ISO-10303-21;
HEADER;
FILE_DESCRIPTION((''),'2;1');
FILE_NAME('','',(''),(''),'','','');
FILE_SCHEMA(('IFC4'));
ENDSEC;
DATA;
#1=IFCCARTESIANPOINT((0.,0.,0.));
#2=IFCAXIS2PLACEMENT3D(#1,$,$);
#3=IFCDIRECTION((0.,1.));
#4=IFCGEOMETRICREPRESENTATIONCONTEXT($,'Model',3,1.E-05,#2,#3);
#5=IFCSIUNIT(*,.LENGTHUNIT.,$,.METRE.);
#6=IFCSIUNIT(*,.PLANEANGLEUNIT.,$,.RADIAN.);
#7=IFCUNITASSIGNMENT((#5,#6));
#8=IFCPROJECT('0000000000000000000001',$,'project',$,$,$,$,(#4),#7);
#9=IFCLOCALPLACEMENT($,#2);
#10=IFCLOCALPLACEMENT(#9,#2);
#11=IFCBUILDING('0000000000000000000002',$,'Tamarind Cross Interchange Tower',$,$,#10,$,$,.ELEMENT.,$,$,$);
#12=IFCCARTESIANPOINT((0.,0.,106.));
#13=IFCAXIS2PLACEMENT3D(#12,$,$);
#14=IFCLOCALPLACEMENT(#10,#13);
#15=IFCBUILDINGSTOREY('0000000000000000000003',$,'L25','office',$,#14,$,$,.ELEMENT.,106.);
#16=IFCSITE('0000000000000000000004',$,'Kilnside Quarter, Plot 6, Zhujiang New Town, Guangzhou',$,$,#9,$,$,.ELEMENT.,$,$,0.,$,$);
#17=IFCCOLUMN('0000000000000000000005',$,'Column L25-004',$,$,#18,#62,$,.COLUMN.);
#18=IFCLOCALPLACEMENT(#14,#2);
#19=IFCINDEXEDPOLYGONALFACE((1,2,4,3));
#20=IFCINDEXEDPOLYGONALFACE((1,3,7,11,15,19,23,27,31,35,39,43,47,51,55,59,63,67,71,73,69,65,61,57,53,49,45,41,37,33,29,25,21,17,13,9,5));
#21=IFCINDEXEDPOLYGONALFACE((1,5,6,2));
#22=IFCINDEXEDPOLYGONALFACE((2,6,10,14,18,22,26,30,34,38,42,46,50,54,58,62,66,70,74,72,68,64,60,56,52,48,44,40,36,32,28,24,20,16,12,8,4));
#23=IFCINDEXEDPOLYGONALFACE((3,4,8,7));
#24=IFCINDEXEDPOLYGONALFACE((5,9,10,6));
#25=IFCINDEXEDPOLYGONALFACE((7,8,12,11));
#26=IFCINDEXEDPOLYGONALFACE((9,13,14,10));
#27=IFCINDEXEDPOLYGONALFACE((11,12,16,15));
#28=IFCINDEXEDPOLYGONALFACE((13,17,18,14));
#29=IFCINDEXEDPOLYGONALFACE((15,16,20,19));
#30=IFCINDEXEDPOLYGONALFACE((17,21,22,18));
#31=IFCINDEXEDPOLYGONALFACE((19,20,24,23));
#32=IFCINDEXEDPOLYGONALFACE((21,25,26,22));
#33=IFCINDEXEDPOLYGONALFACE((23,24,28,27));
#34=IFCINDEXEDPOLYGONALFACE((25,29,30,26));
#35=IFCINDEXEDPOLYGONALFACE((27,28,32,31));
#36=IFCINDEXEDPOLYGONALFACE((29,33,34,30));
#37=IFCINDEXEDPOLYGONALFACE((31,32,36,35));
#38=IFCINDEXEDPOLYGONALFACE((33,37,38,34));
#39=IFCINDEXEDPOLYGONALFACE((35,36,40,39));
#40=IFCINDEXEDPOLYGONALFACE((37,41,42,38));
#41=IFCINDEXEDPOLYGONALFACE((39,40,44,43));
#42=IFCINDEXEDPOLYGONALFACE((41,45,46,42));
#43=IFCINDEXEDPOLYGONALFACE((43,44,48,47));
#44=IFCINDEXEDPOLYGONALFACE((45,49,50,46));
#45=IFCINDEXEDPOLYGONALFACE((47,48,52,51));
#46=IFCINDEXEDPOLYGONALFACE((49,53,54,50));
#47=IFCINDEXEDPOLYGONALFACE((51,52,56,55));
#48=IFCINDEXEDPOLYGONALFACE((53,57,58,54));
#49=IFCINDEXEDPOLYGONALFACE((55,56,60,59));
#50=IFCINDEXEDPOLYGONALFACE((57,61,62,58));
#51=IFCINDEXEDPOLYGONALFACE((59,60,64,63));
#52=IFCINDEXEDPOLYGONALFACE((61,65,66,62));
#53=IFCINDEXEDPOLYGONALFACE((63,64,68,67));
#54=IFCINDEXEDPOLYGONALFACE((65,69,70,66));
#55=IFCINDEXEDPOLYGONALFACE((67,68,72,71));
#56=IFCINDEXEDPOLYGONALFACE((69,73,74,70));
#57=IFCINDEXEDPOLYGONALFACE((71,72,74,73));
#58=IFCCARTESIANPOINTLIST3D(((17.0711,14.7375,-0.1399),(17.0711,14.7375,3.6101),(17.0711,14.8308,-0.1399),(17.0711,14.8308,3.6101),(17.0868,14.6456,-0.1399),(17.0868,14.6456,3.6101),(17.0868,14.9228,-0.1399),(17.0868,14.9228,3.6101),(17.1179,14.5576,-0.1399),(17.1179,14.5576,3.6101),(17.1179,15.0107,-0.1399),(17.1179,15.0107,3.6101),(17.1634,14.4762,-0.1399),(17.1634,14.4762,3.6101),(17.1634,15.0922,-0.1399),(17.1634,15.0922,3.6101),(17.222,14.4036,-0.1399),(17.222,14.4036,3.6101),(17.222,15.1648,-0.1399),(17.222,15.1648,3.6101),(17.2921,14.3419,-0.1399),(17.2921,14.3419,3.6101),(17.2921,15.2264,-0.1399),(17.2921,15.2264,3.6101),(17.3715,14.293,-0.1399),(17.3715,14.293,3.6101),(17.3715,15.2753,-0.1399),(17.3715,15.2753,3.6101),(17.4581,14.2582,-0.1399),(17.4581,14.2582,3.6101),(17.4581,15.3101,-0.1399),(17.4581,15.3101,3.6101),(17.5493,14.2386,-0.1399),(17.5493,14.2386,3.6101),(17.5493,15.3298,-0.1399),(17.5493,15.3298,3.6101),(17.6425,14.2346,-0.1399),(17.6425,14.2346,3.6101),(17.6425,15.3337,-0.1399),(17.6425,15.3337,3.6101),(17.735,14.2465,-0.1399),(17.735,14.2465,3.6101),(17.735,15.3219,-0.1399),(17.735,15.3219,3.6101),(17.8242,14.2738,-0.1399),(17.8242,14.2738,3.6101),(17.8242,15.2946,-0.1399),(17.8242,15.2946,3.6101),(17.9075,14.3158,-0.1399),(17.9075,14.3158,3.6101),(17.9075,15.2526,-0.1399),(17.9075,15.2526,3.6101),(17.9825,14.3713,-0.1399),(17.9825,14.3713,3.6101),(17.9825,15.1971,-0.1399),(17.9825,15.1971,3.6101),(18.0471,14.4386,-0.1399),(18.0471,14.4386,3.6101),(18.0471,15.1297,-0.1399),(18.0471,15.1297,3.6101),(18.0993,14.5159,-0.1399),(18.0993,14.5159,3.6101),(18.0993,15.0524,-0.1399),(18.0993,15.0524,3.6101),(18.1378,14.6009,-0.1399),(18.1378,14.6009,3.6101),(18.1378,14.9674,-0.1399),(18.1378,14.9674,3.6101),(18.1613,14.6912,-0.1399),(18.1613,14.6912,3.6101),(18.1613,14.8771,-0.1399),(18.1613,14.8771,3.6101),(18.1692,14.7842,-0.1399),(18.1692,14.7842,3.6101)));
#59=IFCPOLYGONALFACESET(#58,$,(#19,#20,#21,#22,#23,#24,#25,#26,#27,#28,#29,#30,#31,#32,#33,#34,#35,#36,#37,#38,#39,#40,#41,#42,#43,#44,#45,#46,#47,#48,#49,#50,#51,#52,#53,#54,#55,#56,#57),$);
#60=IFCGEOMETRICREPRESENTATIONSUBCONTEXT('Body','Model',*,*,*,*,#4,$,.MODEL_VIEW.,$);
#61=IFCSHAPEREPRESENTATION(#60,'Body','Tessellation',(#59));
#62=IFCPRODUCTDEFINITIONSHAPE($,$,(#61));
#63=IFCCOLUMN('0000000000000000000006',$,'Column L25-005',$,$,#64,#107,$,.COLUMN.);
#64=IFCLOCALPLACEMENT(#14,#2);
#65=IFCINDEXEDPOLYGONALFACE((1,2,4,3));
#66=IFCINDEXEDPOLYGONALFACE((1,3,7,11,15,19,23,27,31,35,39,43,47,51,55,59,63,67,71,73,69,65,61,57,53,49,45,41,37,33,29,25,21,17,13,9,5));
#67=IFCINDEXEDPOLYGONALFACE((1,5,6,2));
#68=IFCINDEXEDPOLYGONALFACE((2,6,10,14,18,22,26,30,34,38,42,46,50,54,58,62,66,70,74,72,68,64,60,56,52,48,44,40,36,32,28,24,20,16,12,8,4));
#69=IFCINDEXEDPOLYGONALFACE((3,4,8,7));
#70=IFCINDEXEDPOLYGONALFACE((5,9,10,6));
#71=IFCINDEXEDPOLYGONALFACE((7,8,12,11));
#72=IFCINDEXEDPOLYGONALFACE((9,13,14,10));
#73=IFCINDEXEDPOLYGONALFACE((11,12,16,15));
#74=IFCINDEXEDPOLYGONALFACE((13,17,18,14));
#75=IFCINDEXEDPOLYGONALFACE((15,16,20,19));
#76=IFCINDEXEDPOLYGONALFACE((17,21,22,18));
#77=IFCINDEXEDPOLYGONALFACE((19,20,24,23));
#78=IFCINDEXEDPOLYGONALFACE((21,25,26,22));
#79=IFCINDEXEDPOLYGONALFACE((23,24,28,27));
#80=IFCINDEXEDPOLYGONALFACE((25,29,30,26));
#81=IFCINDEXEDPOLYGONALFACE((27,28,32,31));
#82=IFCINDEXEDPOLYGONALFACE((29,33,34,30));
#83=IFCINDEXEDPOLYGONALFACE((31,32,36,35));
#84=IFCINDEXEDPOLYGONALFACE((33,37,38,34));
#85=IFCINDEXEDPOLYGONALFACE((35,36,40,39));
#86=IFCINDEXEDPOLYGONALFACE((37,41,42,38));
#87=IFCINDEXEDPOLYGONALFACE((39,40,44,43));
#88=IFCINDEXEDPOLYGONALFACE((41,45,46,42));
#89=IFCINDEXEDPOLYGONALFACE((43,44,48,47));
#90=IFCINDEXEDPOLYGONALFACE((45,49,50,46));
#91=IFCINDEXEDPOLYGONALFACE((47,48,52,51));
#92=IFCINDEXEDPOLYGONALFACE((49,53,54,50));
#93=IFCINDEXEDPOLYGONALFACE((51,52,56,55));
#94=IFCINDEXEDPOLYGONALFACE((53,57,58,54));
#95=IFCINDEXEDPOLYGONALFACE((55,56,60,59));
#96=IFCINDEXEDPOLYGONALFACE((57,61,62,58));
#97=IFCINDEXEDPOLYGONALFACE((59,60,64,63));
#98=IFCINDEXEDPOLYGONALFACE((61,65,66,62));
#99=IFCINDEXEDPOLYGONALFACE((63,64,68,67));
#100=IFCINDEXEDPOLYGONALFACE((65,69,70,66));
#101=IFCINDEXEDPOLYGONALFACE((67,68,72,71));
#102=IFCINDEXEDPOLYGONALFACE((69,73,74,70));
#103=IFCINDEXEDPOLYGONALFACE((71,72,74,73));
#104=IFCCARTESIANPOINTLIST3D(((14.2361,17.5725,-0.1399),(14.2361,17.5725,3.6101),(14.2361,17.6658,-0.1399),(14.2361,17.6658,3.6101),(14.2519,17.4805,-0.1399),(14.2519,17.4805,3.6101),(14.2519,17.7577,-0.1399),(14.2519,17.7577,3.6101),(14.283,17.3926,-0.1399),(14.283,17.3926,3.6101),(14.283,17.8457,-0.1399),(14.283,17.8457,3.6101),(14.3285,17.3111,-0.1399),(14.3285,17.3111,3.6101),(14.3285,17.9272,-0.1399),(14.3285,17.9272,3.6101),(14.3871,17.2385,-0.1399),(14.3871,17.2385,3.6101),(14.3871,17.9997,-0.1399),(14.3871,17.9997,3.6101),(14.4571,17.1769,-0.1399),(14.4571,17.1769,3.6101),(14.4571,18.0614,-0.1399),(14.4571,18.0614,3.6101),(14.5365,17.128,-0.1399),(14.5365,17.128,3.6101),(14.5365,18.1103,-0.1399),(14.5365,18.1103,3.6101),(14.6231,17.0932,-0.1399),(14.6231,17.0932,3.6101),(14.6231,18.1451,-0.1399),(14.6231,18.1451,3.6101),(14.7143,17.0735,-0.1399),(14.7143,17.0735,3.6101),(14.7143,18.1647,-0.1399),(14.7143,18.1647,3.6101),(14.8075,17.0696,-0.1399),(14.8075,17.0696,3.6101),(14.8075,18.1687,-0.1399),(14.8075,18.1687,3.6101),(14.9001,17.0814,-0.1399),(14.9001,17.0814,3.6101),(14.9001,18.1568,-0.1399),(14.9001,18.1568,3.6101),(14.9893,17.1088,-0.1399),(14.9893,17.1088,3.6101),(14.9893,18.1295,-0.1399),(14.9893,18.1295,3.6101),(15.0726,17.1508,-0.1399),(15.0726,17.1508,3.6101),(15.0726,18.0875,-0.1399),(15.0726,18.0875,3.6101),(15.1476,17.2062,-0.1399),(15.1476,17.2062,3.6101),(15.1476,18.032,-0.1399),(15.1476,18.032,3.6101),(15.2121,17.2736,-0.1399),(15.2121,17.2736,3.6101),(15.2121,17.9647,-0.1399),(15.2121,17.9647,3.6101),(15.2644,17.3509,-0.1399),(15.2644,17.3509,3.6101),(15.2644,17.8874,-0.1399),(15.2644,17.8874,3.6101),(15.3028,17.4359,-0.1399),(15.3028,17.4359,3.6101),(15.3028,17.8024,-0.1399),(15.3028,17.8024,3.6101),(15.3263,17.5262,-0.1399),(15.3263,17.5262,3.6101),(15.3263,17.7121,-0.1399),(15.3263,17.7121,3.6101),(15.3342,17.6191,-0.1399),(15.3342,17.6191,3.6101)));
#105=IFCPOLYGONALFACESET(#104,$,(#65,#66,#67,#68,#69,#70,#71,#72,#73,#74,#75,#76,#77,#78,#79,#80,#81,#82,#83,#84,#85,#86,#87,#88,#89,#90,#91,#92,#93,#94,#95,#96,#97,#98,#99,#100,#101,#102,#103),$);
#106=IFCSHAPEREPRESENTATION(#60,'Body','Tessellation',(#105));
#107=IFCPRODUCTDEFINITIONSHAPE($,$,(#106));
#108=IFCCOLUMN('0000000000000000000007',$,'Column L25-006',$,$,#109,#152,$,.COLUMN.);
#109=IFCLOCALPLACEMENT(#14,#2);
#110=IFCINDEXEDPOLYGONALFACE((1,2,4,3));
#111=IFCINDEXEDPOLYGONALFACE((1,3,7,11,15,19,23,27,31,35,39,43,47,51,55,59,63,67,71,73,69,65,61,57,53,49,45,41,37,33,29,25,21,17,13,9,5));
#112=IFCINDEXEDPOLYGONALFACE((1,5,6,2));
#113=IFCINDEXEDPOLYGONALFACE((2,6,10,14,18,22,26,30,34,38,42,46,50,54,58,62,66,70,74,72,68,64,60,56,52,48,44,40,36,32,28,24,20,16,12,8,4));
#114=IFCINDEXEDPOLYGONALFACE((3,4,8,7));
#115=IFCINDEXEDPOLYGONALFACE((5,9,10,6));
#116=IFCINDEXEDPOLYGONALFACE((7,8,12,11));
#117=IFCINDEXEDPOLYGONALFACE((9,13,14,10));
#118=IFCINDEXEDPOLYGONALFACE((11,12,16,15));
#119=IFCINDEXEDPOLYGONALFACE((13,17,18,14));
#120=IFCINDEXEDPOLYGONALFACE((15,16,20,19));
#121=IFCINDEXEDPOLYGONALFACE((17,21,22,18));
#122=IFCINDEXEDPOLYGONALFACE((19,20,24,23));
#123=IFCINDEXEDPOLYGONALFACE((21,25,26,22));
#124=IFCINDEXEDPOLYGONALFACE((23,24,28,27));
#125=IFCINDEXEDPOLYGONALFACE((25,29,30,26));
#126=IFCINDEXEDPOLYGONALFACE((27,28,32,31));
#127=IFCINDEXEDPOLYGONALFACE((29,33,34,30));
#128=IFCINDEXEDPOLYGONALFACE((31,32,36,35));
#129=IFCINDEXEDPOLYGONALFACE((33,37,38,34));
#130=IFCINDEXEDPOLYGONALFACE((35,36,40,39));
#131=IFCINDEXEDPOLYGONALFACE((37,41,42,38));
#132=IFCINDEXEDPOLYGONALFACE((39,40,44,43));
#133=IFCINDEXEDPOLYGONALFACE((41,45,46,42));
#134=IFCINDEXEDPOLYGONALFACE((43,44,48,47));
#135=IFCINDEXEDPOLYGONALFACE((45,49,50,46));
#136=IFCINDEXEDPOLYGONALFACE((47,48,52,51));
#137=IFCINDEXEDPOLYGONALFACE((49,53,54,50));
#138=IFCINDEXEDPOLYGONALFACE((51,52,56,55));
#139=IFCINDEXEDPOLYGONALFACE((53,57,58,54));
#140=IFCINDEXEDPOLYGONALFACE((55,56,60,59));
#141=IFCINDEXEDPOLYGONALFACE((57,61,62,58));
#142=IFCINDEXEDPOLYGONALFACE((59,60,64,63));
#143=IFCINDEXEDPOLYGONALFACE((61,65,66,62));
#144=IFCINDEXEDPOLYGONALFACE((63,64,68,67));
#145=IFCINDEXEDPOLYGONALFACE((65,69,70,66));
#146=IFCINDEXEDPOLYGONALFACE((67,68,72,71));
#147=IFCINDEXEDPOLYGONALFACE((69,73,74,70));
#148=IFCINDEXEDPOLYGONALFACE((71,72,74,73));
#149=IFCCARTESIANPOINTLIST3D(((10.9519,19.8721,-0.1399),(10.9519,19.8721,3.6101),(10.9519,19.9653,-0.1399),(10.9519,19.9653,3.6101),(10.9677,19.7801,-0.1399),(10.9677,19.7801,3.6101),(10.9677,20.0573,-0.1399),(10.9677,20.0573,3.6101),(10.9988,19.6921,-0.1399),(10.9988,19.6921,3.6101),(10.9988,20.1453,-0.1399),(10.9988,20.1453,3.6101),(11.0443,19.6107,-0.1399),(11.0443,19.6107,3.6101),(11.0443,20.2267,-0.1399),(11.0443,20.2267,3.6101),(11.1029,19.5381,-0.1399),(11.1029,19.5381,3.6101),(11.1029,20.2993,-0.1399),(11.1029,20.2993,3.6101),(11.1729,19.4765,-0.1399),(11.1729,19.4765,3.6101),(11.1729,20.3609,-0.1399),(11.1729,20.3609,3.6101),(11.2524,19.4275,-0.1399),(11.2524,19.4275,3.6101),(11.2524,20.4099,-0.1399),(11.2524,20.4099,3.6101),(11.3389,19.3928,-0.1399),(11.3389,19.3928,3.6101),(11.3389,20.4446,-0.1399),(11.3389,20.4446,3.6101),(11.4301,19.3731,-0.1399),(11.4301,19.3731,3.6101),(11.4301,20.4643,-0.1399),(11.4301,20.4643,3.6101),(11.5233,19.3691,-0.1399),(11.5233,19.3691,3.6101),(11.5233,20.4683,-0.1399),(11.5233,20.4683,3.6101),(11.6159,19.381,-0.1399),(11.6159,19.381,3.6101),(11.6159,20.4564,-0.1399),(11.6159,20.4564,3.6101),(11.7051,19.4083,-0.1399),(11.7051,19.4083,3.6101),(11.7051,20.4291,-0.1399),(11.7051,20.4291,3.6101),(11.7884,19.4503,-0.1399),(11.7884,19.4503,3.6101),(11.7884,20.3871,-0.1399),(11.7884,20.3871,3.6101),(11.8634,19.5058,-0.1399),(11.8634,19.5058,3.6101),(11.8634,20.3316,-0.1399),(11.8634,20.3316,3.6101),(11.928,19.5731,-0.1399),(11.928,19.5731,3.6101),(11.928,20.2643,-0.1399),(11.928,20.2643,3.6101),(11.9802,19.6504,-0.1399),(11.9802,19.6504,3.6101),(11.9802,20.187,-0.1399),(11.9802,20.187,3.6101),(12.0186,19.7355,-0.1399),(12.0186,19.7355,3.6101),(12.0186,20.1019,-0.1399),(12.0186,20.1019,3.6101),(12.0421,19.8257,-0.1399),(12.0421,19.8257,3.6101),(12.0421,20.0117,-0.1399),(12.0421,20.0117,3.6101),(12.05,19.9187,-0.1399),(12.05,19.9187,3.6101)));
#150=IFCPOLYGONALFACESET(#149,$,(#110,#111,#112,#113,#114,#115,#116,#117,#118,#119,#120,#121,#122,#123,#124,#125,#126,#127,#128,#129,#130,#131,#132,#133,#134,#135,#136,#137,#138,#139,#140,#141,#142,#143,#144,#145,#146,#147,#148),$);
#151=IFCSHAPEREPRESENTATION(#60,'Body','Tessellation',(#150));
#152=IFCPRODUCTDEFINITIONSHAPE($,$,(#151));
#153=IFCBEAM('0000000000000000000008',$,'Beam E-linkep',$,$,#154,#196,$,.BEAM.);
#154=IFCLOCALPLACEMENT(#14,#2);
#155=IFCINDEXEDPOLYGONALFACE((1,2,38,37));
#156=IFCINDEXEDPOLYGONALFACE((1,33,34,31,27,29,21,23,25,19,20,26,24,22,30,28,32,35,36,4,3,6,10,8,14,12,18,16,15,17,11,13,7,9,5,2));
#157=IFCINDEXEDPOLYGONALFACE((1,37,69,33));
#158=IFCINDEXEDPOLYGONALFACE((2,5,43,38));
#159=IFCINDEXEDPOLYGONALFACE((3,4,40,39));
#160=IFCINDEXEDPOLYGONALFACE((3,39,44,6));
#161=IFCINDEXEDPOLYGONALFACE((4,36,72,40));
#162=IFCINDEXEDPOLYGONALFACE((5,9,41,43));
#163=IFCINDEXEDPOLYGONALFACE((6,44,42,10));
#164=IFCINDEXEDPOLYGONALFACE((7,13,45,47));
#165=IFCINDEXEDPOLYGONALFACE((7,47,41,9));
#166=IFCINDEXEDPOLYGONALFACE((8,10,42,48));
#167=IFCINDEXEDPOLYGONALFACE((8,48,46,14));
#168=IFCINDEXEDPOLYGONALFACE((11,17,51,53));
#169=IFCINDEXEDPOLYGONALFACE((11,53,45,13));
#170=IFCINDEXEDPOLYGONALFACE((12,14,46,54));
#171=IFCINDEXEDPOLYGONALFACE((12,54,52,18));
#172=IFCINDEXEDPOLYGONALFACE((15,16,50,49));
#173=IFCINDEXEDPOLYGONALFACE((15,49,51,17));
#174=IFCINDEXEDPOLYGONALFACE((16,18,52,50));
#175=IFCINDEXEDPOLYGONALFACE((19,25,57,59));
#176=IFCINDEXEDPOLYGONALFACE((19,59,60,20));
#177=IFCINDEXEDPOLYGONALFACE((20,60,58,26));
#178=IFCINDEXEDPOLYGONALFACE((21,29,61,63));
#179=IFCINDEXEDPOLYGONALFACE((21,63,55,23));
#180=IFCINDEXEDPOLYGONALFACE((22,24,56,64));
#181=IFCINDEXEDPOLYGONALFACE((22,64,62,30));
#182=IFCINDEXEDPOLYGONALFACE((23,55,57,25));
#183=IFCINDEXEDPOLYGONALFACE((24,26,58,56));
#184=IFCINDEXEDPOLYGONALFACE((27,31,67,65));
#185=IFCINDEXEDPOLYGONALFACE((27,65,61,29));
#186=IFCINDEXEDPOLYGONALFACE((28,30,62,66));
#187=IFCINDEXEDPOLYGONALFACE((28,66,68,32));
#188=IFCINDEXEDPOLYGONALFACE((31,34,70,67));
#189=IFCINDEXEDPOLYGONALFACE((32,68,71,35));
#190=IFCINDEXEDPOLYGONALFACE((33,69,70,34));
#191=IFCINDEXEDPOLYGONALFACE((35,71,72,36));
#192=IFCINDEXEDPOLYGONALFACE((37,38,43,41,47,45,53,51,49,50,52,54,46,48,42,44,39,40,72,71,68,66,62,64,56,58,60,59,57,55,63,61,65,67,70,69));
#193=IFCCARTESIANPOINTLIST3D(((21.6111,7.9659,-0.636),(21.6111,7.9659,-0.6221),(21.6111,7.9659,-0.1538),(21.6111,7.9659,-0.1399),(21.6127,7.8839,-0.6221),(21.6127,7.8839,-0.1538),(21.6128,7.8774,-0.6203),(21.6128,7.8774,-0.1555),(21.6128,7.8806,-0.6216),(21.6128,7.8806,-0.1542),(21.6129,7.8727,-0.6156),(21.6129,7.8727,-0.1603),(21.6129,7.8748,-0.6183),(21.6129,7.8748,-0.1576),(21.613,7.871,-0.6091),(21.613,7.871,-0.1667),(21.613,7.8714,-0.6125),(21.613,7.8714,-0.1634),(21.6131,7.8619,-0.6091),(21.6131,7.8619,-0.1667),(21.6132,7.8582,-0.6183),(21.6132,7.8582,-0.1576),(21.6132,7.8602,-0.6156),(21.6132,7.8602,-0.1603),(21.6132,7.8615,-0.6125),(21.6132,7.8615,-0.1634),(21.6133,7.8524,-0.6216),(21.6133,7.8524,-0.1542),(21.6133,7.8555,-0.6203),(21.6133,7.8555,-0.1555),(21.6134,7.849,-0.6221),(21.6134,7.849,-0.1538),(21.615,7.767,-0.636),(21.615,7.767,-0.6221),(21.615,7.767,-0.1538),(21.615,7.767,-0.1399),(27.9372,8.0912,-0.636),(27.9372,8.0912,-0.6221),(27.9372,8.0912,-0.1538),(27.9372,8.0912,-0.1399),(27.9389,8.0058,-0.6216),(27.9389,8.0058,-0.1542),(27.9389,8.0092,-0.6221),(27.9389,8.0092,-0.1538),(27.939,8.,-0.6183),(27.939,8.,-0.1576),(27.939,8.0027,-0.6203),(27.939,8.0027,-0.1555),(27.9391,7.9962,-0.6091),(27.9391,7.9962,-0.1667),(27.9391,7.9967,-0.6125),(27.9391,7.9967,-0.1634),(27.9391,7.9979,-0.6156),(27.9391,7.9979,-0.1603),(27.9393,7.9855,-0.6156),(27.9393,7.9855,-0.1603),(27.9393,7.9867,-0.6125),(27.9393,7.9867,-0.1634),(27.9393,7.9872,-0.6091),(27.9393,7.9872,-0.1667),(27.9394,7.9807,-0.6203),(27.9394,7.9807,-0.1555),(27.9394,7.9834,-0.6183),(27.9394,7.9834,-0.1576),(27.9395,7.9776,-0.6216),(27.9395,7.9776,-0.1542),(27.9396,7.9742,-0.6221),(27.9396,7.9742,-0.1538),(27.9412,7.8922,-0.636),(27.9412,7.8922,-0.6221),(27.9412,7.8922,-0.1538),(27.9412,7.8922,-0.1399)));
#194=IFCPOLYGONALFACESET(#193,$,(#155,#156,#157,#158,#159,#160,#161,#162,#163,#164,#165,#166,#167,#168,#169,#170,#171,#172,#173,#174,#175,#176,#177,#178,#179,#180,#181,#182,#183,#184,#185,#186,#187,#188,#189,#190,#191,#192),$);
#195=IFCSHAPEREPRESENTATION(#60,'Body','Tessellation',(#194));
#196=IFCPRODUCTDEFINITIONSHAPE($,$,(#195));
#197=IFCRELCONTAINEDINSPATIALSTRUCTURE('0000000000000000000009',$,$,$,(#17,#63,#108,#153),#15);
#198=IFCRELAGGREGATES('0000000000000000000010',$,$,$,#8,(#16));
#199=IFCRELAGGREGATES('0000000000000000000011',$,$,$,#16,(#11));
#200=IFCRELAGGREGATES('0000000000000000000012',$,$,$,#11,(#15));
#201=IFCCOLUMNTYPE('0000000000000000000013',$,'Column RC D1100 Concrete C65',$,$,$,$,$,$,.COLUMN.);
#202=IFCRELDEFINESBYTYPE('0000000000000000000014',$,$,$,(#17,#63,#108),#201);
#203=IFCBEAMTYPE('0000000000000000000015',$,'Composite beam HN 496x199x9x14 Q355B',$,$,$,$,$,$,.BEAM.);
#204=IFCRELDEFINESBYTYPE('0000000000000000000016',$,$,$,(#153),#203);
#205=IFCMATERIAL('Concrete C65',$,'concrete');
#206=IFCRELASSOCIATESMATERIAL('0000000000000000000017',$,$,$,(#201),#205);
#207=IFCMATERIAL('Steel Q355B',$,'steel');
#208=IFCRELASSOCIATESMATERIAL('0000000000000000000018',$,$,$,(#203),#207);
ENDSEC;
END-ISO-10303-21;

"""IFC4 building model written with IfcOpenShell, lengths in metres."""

from ifc_helpers import new_model, si_unit, direction, frame, origin, origin_2d, place, context, subcontext, project, spatial, circle, i_section, extrude, material, material_profile, profile_set, type_object, element, save


model = new_model("IFC4")

# Units and contexts
model_context = context("Model", 3, precision=1e-05, world=origin(), true_north=direction((0.0, 1.0)))
body_context = subcontext(model_context, "Body", "Model", "MODEL_VIEW")
ifc_project = project(units=[si_unit("LENGTHUNIT", "METRE"), si_unit("PLANEANGLEUNIT", "RADIAN")], contexts=[model_context])

# Site, building, storey
site_placement = place(None, origin())
site = spatial("IfcSite", under=ifc_project, at=site_placement, Name="Kilnside Quarter, Plot 6, Zhujiang New Town, Guangzhou", CompositionType="ELEMENT", RefElevation=0.0)
building_placement = place(site_placement, origin())
building = spatial("IfcBuilding", under=site, at=building_placement, Name="Tamarind Cross Interchange Tower", CompositionType="ELEMENT")
storey_placement = place(building_placement, frame((0.0, 0.0, 106.0)))
storey = spatial("IfcBuildingStorey", under=building, at=storey_placement, Name="L25", Description="office", CompositionType="ELEMENT", Elevation=106.0)

# Columns
ifc_material_1 = material(Name="Concrete C65", Category="concrete")
ifc_material_profile_1 = material_profile(ifc_material_1, circle(Radius=0.55, at=origin_2d()), Name="RC D1100")
ifc_profile_set_1 = profile_set([ifc_material_profile_1], Name="Concrete C65")
column_type_1 = type_object("IfcColumnType", Name="Column RC D1100 Concrete C65", PredefinedType="COLUMN", material=ifc_profile_set_1)
for number, where, z_axis, x_axis, name in (
    (1, (17.6191, 14.7842, -0.1399), (0.0, 0.0, 1.0), (1.0, 0.0, 0.0), "Column L25-004"),
    (2, (14.7842, 17.6191, -0.1399), (0.0, 0.0, 1.0), (1.0, 0.0, 0.0), "Column L25-005"),
    (3, (11.5, 19.9187, -0.1399), (0.0, 0.0, 1.0), (1.0, 0.0, 0.0), "Column L25-006"),
):
    element("IfcColumn", number, at=place(storey_placement, frame(where, z_axis=z_axis, x_axis=x_axis)), inside=storey, type_object=column_type_1, Name=name, PredefinedType="COLUMN", context=body_context, shape_type="SweptSolid", body=[
        extrude(circle(Radius=0.55, at=origin_2d()), origin(), (0.0, 0.0, 1.0), 3.75),
    ])

# Beam
ifc_material_2 = material(Name="Steel Q355B", Category="steel")
ifc_material_profile_2 = material_profile(ifc_material_2, i_section(OverallWidth=0.199, OverallDepth=0.4961, WebThickness=0.009, FlangeThickness=0.0139, FilletRadius=0.0129, at=origin_2d()), Name="HN 496x199x9x14")
ifc_profile_set_2 = profile_set([ifc_material_profile_2], Name="Steel Q355B")
beam_type_1 = type_object("IfcBeamType", Name="Composite beam HN 496x199x9x14 Q355B", PredefinedType="BEAM", material=ifc_profile_set_2)
beam_1_placement = place(storey_placement, frame((27.9392, 7.9917, -0.3879), z_axis=(-0.999804, -0.019794, 0.0), x_axis=(0.019794, -0.999804, 0.0)))
element("IfcBeam", 4, at=beam_1_placement, inside=storey, type_object=beam_type_1, Name="Beam E-linkep", PredefinedType="BEAM", context=body_context, shape_type="SweptSolid", body=[
    extrude(i_section(OverallWidth=0.199, OverallDepth=0.4961, WebThickness=0.009, FlangeThickness=0.0139, FilletRadius=0.0129, at=origin_2d()), origin(), (0.0, 0.0, 1.0), 6.3274),
])

save(model, "model.ifc")
